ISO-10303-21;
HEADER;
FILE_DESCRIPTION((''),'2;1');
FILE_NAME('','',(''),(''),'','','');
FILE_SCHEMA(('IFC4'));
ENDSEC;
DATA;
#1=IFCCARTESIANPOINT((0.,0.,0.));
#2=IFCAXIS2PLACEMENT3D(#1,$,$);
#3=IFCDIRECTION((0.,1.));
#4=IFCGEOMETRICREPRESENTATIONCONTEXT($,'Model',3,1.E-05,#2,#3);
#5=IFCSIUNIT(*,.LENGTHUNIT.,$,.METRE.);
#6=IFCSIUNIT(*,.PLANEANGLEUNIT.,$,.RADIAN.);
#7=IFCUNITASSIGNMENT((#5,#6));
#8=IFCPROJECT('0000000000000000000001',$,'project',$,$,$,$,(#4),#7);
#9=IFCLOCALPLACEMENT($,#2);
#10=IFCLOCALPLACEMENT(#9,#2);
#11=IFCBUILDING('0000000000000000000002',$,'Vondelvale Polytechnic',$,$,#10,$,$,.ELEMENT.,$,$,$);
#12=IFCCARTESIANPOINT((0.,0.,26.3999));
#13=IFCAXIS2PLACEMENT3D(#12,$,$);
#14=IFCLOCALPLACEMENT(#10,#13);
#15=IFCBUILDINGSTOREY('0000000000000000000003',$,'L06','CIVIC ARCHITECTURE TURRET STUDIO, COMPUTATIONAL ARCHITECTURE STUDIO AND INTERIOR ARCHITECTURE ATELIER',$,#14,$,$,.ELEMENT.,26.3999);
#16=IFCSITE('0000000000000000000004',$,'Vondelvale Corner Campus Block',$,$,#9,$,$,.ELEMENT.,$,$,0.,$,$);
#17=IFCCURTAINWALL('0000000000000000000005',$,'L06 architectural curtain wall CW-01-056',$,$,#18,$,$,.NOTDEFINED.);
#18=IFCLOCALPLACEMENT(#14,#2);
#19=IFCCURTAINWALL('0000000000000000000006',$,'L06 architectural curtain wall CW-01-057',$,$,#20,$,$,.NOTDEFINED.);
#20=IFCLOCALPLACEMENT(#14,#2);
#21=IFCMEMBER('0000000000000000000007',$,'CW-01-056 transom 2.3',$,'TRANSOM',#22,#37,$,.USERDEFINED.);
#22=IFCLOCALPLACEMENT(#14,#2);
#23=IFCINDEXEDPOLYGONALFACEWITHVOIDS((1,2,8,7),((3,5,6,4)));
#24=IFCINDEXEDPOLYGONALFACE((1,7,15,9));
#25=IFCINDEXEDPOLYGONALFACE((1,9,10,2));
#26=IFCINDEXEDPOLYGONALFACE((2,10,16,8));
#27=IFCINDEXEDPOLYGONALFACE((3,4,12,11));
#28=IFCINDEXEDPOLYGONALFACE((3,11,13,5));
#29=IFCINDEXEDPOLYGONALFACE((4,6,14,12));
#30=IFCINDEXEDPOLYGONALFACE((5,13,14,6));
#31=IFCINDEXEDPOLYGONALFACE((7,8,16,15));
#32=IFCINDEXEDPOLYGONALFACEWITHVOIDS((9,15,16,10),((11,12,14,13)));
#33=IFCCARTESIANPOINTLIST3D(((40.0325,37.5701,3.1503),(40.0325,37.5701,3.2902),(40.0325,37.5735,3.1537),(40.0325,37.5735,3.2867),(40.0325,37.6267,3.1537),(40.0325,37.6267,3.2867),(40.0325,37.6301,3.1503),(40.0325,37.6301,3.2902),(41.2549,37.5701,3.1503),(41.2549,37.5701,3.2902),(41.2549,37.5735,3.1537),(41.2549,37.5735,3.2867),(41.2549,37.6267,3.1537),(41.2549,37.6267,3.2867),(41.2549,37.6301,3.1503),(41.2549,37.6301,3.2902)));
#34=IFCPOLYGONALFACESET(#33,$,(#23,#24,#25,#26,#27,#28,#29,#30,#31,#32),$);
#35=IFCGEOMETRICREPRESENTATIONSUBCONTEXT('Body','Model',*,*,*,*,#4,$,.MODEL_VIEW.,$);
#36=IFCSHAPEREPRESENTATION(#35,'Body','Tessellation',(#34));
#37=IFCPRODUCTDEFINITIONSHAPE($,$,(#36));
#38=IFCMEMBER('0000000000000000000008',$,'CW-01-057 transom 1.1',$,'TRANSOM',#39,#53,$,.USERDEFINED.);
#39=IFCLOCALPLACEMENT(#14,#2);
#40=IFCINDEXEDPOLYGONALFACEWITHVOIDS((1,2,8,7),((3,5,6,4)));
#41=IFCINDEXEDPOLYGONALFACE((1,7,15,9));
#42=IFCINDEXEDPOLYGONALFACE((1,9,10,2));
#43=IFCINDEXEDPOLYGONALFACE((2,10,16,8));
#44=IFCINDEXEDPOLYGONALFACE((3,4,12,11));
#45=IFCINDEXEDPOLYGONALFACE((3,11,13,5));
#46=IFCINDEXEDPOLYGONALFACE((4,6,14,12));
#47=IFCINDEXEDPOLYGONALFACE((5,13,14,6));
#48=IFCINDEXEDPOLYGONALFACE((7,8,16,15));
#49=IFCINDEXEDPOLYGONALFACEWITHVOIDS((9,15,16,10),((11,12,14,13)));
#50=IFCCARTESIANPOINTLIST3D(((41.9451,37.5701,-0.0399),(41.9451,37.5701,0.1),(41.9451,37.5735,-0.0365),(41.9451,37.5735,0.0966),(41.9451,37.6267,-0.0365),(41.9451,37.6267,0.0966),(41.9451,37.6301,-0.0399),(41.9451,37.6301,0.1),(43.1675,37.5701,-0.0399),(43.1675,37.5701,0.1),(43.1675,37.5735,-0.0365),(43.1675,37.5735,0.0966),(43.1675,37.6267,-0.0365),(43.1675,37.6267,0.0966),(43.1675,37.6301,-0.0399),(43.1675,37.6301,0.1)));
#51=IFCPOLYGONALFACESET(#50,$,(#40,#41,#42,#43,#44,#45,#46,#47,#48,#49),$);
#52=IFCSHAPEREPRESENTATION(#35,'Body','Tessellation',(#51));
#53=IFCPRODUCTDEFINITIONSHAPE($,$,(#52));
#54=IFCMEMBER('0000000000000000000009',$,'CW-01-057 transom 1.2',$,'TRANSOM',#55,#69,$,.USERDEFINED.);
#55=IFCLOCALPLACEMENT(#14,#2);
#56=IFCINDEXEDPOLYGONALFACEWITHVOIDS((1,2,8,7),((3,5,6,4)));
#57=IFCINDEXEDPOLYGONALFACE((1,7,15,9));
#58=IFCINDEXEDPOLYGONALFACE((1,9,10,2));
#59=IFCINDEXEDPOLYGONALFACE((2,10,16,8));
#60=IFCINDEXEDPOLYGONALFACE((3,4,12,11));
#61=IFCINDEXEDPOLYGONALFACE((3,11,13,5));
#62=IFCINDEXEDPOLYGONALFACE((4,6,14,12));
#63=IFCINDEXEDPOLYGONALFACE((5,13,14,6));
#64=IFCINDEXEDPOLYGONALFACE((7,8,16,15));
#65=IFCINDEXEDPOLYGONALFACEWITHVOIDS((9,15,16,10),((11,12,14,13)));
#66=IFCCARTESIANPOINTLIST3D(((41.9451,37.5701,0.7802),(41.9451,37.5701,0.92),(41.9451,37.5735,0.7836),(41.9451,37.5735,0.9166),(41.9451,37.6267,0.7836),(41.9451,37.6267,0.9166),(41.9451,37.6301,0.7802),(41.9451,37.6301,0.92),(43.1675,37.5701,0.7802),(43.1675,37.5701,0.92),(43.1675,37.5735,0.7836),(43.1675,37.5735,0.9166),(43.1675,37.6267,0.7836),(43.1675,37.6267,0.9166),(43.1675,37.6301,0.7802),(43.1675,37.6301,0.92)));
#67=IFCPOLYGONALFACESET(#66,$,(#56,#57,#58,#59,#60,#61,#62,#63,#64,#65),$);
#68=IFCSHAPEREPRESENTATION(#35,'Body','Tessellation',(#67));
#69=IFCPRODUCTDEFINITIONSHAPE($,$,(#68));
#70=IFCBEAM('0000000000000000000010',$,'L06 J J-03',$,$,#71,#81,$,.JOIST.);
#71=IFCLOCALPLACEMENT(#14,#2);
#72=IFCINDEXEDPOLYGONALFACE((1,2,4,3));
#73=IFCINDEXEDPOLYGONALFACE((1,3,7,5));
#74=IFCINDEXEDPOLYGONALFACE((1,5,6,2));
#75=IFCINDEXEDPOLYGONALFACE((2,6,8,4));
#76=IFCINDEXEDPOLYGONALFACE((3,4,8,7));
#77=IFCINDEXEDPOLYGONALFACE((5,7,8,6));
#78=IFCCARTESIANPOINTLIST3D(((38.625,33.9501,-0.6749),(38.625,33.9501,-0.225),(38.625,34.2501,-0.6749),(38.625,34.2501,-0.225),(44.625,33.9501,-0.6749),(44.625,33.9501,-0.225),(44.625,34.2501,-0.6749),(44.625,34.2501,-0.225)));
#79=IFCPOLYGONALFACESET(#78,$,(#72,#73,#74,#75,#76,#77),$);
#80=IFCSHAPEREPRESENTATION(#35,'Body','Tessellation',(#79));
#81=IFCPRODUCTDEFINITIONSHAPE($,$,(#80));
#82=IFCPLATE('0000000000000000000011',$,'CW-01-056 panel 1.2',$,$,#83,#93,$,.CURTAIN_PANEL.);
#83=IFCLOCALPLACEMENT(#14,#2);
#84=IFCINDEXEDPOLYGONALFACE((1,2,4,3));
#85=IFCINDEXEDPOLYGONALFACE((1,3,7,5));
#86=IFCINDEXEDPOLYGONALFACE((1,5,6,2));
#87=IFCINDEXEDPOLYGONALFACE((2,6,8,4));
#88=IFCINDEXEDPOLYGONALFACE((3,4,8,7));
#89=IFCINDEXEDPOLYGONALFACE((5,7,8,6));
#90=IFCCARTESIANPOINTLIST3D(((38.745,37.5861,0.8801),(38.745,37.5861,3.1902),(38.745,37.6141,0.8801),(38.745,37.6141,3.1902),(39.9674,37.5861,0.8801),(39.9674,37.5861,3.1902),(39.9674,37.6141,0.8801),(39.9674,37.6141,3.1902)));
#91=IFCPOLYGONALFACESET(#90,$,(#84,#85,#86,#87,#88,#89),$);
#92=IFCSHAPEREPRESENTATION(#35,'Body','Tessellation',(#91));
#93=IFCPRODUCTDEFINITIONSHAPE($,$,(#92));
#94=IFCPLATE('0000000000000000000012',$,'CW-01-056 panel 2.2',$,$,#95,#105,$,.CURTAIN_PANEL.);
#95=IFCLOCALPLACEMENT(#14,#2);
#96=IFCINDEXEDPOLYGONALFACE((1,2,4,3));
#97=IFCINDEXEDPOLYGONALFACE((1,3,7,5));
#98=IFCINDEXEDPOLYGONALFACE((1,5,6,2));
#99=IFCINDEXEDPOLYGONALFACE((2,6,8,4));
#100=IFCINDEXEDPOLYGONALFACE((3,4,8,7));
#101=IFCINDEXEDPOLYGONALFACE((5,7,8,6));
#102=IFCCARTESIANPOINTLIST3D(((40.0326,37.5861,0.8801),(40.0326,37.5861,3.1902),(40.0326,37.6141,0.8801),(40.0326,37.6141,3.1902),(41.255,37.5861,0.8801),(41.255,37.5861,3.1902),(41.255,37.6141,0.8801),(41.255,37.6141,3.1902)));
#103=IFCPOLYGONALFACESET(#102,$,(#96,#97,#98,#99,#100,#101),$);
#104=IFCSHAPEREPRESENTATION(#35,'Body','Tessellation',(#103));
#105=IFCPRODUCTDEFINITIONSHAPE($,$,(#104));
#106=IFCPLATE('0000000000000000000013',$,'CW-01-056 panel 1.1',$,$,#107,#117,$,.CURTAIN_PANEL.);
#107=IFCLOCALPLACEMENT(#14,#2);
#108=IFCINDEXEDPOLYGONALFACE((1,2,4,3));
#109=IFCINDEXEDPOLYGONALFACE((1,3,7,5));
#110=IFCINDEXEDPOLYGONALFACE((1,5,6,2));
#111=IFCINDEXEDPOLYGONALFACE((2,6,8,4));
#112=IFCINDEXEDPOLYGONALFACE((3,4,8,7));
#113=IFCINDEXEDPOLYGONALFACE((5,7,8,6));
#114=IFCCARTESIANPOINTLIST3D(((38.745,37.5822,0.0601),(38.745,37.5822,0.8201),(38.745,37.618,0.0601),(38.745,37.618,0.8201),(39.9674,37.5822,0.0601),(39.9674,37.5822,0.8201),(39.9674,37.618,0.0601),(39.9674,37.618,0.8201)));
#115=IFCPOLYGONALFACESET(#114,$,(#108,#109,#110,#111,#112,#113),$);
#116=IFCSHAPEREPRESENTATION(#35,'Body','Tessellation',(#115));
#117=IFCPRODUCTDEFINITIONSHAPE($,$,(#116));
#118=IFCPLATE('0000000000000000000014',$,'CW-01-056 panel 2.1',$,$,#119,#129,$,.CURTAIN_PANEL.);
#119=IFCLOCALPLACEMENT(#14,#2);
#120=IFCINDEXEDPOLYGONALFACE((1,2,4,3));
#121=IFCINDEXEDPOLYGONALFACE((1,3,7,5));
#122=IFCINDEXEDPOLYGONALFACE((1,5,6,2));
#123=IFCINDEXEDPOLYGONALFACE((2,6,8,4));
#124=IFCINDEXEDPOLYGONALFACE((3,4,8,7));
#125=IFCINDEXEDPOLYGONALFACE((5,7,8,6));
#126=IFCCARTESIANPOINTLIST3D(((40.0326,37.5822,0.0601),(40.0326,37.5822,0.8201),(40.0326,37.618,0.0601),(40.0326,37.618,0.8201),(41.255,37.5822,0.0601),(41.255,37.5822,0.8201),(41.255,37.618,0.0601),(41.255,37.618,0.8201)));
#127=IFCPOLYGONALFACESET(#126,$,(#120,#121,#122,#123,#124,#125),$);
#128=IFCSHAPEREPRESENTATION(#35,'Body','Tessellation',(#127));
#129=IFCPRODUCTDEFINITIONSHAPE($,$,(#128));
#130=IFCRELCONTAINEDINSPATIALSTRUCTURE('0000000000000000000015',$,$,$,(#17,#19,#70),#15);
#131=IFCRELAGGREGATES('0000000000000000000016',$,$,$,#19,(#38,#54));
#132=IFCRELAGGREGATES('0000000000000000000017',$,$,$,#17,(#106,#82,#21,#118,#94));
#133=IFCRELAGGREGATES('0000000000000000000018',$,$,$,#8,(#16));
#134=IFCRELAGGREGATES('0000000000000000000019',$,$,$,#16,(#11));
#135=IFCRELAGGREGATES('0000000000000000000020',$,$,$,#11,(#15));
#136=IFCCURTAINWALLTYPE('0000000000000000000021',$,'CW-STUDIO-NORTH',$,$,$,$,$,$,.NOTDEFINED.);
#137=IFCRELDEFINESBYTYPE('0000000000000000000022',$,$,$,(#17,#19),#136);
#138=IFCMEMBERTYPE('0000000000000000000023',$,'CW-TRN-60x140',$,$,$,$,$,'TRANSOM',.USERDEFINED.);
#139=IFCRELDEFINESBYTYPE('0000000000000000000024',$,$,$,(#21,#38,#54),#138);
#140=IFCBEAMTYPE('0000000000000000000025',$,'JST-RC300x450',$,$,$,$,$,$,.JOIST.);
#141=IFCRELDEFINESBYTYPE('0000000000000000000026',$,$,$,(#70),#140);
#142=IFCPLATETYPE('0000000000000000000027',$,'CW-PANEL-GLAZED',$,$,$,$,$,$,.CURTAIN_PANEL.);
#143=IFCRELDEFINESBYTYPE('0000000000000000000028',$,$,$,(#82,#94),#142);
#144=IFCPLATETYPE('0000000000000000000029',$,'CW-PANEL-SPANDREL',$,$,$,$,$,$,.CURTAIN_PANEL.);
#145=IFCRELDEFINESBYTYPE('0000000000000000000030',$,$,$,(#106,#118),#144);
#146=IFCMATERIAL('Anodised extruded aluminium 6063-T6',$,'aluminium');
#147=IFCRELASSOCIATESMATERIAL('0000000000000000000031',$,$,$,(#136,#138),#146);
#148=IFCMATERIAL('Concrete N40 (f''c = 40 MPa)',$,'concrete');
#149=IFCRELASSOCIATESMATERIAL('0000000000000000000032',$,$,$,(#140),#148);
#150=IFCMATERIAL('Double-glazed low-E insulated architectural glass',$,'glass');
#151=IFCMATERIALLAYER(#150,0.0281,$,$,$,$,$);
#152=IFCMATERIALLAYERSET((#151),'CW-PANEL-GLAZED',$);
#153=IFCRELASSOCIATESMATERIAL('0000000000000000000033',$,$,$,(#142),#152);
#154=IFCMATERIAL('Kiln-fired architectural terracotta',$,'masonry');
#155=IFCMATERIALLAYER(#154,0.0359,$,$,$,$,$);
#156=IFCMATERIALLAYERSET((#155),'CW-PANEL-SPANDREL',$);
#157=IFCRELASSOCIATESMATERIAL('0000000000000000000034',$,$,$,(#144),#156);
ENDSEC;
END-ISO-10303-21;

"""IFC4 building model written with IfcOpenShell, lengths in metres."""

from ifc_helpers import new_model, si_unit, direction, frame, origin, origin_2d, place, context, subcontext, project, spatial, rectangle, hollow_rectangle, extrude, material, layer, layer_set, material_profile, profile_set, type_object, element, aggregate, save


model = new_model("IFC4")

# Units and contexts
model_context = context("Model", 3, precision=1e-05, world=origin(), true_north=direction((0.0, 1.0)))
body_context = subcontext(model_context, "Body", "Model", "MODEL_VIEW")
ifc_project = project(units=[si_unit("LENGTHUNIT", "METRE"), si_unit("PLANEANGLEUNIT", "RADIAN")], contexts=[model_context])

# Site, building, storey
site_placement = place(None, origin())
site = spatial("IfcSite", under=ifc_project, at=site_placement, Name="Vondelvale Corner Campus Block", CompositionType="ELEMENT", RefElevation=0.0)
building_placement = place(site_placement, origin())
building = spatial("IfcBuilding", under=site, at=building_placement, Name="Vondelvale Polytechnic", CompositionType="ELEMENT")
storey_placement = place(building_placement, frame((0.0, 0.0, 26.3999)))
storey = spatial("IfcBuildingStorey", under=building, at=storey_placement, Name="L06", Description="CIVIC ARCHITECTURE TURRET STUDIO, COMPUTATIONAL ARCHITECTURE STUDIO AND INTERIOR ARCHITECTURE ATELIER", CompositionType="ELEMENT", Elevation=26.3999)

# Curtain wall
ifc_material_1 = material(Name="Anodised extruded aluminium 6063-T6", Category="aluminium")
curtain_wall_type = type_object("IfcCurtainWallType", Name="CW-STUDIO-NORTH", PredefinedType="NOTDEFINED", material=ifc_material_1)
curtain_wall_1_placement = place(storey_placement, origin())
curtain_wall_1 = element("IfcCurtainWall", 1, at=curtain_wall_1_placement, inside=storey, type_object=curtain_wall_type, Name="L06 architectural curtain wall CW-01-056", PredefinedType="NOTDEFINED")

# Curtain wall
curtain_wall_2_placement = place(storey_placement, origin())
curtain_wall_2 = element("IfcCurtainWall", 2, at=curtain_wall_2_placement, inside=storey, type_object=curtain_wall_type, Name="L06 architectural curtain wall CW-01-057", PredefinedType="NOTDEFINED")

# Members
ifc_material_profile_1 = material_profile(ifc_material_1, hollow_rectangle(XDim=0.0601, YDim=0.1399, WallThickness=0.0034, at=origin_2d()), Name="CW-TRN-140x60")
ifc_profile_set_1 = profile_set([ifc_material_profile_1], Name="Anodised extruded aluminium 6063-T6")
member_type_1 = type_object("IfcMemberType", Name="CW-TRN-60x140", ElementType="TRANSOM", PredefinedType="USERDEFINED", material=ifc_profile_set_1)
member_1_placement = place(storey_placement, frame((40.0325, 37.6001, 3.2202), z_axis=(1.0, 0.0, 0.0), x_axis=(0.0, 1.0, 0.0)))
member_1 = element("IfcMember", 3, at=member_1_placement, type_object=member_type_1, Name="CW-01-056 transom 2.3", ObjectType="TRANSOM", PredefinedType="USERDEFINED", context=body_context, shape_type="SweptSolid", body=[
    extrude(hollow_rectangle(XDim=0.0601, YDim=0.1399, WallThickness=0.0034, at=origin_2d()), origin(), (0.0, 0.0, 1.0), 1.2224),
])
member_2_placement = place(storey_placement, frame((41.9451, 37.6001, 0.03), z_axis=(1.0, 0.0, 0.0), x_axis=(0.0, 1.0, 0.0)))
member_2 = element("IfcMember", 4, at=member_2_placement, type_object=member_type_1, Name="CW-01-057 transom 1.1", ObjectType="TRANSOM", PredefinedType="USERDEFINED", context=body_context, shape_type="SweptSolid", body=[
    extrude(hollow_rectangle(XDim=0.0601, YDim=0.1399, WallThickness=0.0034, at=origin_2d()), origin(), (0.0, 0.0, 1.0), 1.2224),
])
member_3_placement = place(storey_placement, frame((41.9451, 37.6001, 0.8501), z_axis=(1.0, 0.0, 0.0), x_axis=(0.0, 1.0, 0.0)))
member_3 = element("IfcMember", 5, at=member_3_placement, type_object=member_type_1, Name="CW-01-057 transom 1.2", ObjectType="TRANSOM", PredefinedType="USERDEFINED", context=body_context, shape_type="SweptSolid", body=[
    extrude(hollow_rectangle(XDim=0.0601, YDim=0.1399, WallThickness=0.0034, at=origin_2d()), origin(), (0.0, 0.0, 1.0), 1.2224),
])
aggregate(curtain_wall_2, [member_2, member_3])

# Beam
ifc_material_2 = material(Name="Concrete N40 (f'c = 40 MPa)", Category="concrete")
ifc_material_profile_2 = material_profile(ifc_material_2, rectangle(XDim=0.3, YDim=0.45, at=origin_2d()), Name="RC-JST-300x450")
ifc_profile_set_2 = profile_set([ifc_material_profile_2], Name="Concrete N40 (f'c = 40 MPa)")
beam_type = type_object("IfcBeamType", Name="JST-RC300x450", PredefinedType="JOIST", material=ifc_profile_set_2)
beam_placement = place(storey_placement, frame((38.625, 34.1001, -0.45), z_axis=(1.0, 0.0, 0.0), x_axis=(0.0, 1.0, 0.0)))
element("IfcBeam", 6, at=beam_placement, inside=storey, type_object=beam_type, Name="L06 J J-03", PredefinedType="JOIST", context=body_context, shape_type="SweptSolid", body=[
    extrude(rectangle(XDim=0.3, YDim=0.45, at=origin_2d()), origin(), (0.0, 0.0, 1.0), 6.0),
])

# Plates
ifc_material_3 = material(Name="Double-glazed low-E insulated architectural glass", Category="glass")
ifc_layer_1 = layer(ifc_material_3, 0.0281)
ifc_layer_set_1 = layer_set([ifc_layer_1], Name="CW-PANEL-GLAZED")
plate_type_1 = type_object("IfcPlateType", Name="CW-PANEL-GLAZED", PredefinedType="CURTAIN_PANEL", material=ifc_layer_set_1)
plate_1_placement = place(storey_placement, frame((39.3562, 37.6001, 0.8801), z_axis=(0.0, 0.0, 1.0), x_axis=(1.0, 0.0, 0.0)))
plate_1 = element("IfcPlate", 7, at=plate_1_placement, type_object=plate_type_1, Name="CW-01-056 panel 1.2", PredefinedType="CURTAIN_PANEL", context=body_context, shape_type="SweptSolid", body=[
    extrude(rectangle(XDim=1.2224, YDim=0.0281, at=origin_2d()), origin(), (0.0, 0.0, 1.0), 2.3101),
])
plate_2_placement = place(storey_placement, frame((40.6438, 37.6001, 0.8801), z_axis=(0.0, 0.0, 1.0), x_axis=(1.0, 0.0, 0.0)))
plate_2 = element("IfcPlate", 8, at=plate_2_placement, type_object=plate_type_1, Name="CW-01-056 panel 2.2", PredefinedType="CURTAIN_PANEL", context=body_context, shape_type="SweptSolid", body=[
    extrude(rectangle(XDim=1.2224, YDim=0.0281, at=origin_2d()), origin(), (0.0, 0.0, 1.0), 2.3101),
])
ifc_material_4 = material(Name="Kiln-fired architectural terracotta", Category="masonry")
ifc_layer_2 = layer(ifc_material_4, 0.0359)
ifc_layer_set_2 = layer_set([ifc_layer_2], Name="CW-PANEL-SPANDREL")
plate_type_2 = type_object("IfcPlateType", Name="CW-PANEL-SPANDREL", PredefinedType="CURTAIN_PANEL", material=ifc_layer_set_2)
plate_3_placement = place(storey_placement, frame((39.3562, 37.6001, 0.0601), z_axis=(0.0, 0.0, 1.0), x_axis=(1.0, 0.0, 0.0)))
plate_3 = element("IfcPlate", 9, at=plate_3_placement, type_object=plate_type_2, Name="CW-01-056 panel 1.1", PredefinedType="CURTAIN_PANEL", context=body_context, shape_type="SweptSolid", body=[
    extrude(rectangle(XDim=1.2224, YDim=0.0359, at=origin_2d()), origin(), (0.0, 0.0, 1.0), 0.76),
])
plate_4_placement = place(storey_placement, frame((40.6438, 37.6001, 0.0601), z_axis=(0.0, 0.0, 1.0), x_axis=(1.0, 0.0, 0.0)))
plate_4 = element("IfcPlate", 10, at=plate_4_placement, type_object=plate_type_2, Name="CW-01-056 panel 2.1", PredefinedType="CURTAIN_PANEL", context=body_context, shape_type="SweptSolid", body=[
    extrude(rectangle(XDim=1.2224, YDim=0.0359, at=origin_2d()), origin(), (0.0, 0.0, 1.0), 0.76),
])
aggregate(curtain_wall_1, [plate_3, plate_1, member_1, plate_4, plate_2])

save(model, "model.ifc")
